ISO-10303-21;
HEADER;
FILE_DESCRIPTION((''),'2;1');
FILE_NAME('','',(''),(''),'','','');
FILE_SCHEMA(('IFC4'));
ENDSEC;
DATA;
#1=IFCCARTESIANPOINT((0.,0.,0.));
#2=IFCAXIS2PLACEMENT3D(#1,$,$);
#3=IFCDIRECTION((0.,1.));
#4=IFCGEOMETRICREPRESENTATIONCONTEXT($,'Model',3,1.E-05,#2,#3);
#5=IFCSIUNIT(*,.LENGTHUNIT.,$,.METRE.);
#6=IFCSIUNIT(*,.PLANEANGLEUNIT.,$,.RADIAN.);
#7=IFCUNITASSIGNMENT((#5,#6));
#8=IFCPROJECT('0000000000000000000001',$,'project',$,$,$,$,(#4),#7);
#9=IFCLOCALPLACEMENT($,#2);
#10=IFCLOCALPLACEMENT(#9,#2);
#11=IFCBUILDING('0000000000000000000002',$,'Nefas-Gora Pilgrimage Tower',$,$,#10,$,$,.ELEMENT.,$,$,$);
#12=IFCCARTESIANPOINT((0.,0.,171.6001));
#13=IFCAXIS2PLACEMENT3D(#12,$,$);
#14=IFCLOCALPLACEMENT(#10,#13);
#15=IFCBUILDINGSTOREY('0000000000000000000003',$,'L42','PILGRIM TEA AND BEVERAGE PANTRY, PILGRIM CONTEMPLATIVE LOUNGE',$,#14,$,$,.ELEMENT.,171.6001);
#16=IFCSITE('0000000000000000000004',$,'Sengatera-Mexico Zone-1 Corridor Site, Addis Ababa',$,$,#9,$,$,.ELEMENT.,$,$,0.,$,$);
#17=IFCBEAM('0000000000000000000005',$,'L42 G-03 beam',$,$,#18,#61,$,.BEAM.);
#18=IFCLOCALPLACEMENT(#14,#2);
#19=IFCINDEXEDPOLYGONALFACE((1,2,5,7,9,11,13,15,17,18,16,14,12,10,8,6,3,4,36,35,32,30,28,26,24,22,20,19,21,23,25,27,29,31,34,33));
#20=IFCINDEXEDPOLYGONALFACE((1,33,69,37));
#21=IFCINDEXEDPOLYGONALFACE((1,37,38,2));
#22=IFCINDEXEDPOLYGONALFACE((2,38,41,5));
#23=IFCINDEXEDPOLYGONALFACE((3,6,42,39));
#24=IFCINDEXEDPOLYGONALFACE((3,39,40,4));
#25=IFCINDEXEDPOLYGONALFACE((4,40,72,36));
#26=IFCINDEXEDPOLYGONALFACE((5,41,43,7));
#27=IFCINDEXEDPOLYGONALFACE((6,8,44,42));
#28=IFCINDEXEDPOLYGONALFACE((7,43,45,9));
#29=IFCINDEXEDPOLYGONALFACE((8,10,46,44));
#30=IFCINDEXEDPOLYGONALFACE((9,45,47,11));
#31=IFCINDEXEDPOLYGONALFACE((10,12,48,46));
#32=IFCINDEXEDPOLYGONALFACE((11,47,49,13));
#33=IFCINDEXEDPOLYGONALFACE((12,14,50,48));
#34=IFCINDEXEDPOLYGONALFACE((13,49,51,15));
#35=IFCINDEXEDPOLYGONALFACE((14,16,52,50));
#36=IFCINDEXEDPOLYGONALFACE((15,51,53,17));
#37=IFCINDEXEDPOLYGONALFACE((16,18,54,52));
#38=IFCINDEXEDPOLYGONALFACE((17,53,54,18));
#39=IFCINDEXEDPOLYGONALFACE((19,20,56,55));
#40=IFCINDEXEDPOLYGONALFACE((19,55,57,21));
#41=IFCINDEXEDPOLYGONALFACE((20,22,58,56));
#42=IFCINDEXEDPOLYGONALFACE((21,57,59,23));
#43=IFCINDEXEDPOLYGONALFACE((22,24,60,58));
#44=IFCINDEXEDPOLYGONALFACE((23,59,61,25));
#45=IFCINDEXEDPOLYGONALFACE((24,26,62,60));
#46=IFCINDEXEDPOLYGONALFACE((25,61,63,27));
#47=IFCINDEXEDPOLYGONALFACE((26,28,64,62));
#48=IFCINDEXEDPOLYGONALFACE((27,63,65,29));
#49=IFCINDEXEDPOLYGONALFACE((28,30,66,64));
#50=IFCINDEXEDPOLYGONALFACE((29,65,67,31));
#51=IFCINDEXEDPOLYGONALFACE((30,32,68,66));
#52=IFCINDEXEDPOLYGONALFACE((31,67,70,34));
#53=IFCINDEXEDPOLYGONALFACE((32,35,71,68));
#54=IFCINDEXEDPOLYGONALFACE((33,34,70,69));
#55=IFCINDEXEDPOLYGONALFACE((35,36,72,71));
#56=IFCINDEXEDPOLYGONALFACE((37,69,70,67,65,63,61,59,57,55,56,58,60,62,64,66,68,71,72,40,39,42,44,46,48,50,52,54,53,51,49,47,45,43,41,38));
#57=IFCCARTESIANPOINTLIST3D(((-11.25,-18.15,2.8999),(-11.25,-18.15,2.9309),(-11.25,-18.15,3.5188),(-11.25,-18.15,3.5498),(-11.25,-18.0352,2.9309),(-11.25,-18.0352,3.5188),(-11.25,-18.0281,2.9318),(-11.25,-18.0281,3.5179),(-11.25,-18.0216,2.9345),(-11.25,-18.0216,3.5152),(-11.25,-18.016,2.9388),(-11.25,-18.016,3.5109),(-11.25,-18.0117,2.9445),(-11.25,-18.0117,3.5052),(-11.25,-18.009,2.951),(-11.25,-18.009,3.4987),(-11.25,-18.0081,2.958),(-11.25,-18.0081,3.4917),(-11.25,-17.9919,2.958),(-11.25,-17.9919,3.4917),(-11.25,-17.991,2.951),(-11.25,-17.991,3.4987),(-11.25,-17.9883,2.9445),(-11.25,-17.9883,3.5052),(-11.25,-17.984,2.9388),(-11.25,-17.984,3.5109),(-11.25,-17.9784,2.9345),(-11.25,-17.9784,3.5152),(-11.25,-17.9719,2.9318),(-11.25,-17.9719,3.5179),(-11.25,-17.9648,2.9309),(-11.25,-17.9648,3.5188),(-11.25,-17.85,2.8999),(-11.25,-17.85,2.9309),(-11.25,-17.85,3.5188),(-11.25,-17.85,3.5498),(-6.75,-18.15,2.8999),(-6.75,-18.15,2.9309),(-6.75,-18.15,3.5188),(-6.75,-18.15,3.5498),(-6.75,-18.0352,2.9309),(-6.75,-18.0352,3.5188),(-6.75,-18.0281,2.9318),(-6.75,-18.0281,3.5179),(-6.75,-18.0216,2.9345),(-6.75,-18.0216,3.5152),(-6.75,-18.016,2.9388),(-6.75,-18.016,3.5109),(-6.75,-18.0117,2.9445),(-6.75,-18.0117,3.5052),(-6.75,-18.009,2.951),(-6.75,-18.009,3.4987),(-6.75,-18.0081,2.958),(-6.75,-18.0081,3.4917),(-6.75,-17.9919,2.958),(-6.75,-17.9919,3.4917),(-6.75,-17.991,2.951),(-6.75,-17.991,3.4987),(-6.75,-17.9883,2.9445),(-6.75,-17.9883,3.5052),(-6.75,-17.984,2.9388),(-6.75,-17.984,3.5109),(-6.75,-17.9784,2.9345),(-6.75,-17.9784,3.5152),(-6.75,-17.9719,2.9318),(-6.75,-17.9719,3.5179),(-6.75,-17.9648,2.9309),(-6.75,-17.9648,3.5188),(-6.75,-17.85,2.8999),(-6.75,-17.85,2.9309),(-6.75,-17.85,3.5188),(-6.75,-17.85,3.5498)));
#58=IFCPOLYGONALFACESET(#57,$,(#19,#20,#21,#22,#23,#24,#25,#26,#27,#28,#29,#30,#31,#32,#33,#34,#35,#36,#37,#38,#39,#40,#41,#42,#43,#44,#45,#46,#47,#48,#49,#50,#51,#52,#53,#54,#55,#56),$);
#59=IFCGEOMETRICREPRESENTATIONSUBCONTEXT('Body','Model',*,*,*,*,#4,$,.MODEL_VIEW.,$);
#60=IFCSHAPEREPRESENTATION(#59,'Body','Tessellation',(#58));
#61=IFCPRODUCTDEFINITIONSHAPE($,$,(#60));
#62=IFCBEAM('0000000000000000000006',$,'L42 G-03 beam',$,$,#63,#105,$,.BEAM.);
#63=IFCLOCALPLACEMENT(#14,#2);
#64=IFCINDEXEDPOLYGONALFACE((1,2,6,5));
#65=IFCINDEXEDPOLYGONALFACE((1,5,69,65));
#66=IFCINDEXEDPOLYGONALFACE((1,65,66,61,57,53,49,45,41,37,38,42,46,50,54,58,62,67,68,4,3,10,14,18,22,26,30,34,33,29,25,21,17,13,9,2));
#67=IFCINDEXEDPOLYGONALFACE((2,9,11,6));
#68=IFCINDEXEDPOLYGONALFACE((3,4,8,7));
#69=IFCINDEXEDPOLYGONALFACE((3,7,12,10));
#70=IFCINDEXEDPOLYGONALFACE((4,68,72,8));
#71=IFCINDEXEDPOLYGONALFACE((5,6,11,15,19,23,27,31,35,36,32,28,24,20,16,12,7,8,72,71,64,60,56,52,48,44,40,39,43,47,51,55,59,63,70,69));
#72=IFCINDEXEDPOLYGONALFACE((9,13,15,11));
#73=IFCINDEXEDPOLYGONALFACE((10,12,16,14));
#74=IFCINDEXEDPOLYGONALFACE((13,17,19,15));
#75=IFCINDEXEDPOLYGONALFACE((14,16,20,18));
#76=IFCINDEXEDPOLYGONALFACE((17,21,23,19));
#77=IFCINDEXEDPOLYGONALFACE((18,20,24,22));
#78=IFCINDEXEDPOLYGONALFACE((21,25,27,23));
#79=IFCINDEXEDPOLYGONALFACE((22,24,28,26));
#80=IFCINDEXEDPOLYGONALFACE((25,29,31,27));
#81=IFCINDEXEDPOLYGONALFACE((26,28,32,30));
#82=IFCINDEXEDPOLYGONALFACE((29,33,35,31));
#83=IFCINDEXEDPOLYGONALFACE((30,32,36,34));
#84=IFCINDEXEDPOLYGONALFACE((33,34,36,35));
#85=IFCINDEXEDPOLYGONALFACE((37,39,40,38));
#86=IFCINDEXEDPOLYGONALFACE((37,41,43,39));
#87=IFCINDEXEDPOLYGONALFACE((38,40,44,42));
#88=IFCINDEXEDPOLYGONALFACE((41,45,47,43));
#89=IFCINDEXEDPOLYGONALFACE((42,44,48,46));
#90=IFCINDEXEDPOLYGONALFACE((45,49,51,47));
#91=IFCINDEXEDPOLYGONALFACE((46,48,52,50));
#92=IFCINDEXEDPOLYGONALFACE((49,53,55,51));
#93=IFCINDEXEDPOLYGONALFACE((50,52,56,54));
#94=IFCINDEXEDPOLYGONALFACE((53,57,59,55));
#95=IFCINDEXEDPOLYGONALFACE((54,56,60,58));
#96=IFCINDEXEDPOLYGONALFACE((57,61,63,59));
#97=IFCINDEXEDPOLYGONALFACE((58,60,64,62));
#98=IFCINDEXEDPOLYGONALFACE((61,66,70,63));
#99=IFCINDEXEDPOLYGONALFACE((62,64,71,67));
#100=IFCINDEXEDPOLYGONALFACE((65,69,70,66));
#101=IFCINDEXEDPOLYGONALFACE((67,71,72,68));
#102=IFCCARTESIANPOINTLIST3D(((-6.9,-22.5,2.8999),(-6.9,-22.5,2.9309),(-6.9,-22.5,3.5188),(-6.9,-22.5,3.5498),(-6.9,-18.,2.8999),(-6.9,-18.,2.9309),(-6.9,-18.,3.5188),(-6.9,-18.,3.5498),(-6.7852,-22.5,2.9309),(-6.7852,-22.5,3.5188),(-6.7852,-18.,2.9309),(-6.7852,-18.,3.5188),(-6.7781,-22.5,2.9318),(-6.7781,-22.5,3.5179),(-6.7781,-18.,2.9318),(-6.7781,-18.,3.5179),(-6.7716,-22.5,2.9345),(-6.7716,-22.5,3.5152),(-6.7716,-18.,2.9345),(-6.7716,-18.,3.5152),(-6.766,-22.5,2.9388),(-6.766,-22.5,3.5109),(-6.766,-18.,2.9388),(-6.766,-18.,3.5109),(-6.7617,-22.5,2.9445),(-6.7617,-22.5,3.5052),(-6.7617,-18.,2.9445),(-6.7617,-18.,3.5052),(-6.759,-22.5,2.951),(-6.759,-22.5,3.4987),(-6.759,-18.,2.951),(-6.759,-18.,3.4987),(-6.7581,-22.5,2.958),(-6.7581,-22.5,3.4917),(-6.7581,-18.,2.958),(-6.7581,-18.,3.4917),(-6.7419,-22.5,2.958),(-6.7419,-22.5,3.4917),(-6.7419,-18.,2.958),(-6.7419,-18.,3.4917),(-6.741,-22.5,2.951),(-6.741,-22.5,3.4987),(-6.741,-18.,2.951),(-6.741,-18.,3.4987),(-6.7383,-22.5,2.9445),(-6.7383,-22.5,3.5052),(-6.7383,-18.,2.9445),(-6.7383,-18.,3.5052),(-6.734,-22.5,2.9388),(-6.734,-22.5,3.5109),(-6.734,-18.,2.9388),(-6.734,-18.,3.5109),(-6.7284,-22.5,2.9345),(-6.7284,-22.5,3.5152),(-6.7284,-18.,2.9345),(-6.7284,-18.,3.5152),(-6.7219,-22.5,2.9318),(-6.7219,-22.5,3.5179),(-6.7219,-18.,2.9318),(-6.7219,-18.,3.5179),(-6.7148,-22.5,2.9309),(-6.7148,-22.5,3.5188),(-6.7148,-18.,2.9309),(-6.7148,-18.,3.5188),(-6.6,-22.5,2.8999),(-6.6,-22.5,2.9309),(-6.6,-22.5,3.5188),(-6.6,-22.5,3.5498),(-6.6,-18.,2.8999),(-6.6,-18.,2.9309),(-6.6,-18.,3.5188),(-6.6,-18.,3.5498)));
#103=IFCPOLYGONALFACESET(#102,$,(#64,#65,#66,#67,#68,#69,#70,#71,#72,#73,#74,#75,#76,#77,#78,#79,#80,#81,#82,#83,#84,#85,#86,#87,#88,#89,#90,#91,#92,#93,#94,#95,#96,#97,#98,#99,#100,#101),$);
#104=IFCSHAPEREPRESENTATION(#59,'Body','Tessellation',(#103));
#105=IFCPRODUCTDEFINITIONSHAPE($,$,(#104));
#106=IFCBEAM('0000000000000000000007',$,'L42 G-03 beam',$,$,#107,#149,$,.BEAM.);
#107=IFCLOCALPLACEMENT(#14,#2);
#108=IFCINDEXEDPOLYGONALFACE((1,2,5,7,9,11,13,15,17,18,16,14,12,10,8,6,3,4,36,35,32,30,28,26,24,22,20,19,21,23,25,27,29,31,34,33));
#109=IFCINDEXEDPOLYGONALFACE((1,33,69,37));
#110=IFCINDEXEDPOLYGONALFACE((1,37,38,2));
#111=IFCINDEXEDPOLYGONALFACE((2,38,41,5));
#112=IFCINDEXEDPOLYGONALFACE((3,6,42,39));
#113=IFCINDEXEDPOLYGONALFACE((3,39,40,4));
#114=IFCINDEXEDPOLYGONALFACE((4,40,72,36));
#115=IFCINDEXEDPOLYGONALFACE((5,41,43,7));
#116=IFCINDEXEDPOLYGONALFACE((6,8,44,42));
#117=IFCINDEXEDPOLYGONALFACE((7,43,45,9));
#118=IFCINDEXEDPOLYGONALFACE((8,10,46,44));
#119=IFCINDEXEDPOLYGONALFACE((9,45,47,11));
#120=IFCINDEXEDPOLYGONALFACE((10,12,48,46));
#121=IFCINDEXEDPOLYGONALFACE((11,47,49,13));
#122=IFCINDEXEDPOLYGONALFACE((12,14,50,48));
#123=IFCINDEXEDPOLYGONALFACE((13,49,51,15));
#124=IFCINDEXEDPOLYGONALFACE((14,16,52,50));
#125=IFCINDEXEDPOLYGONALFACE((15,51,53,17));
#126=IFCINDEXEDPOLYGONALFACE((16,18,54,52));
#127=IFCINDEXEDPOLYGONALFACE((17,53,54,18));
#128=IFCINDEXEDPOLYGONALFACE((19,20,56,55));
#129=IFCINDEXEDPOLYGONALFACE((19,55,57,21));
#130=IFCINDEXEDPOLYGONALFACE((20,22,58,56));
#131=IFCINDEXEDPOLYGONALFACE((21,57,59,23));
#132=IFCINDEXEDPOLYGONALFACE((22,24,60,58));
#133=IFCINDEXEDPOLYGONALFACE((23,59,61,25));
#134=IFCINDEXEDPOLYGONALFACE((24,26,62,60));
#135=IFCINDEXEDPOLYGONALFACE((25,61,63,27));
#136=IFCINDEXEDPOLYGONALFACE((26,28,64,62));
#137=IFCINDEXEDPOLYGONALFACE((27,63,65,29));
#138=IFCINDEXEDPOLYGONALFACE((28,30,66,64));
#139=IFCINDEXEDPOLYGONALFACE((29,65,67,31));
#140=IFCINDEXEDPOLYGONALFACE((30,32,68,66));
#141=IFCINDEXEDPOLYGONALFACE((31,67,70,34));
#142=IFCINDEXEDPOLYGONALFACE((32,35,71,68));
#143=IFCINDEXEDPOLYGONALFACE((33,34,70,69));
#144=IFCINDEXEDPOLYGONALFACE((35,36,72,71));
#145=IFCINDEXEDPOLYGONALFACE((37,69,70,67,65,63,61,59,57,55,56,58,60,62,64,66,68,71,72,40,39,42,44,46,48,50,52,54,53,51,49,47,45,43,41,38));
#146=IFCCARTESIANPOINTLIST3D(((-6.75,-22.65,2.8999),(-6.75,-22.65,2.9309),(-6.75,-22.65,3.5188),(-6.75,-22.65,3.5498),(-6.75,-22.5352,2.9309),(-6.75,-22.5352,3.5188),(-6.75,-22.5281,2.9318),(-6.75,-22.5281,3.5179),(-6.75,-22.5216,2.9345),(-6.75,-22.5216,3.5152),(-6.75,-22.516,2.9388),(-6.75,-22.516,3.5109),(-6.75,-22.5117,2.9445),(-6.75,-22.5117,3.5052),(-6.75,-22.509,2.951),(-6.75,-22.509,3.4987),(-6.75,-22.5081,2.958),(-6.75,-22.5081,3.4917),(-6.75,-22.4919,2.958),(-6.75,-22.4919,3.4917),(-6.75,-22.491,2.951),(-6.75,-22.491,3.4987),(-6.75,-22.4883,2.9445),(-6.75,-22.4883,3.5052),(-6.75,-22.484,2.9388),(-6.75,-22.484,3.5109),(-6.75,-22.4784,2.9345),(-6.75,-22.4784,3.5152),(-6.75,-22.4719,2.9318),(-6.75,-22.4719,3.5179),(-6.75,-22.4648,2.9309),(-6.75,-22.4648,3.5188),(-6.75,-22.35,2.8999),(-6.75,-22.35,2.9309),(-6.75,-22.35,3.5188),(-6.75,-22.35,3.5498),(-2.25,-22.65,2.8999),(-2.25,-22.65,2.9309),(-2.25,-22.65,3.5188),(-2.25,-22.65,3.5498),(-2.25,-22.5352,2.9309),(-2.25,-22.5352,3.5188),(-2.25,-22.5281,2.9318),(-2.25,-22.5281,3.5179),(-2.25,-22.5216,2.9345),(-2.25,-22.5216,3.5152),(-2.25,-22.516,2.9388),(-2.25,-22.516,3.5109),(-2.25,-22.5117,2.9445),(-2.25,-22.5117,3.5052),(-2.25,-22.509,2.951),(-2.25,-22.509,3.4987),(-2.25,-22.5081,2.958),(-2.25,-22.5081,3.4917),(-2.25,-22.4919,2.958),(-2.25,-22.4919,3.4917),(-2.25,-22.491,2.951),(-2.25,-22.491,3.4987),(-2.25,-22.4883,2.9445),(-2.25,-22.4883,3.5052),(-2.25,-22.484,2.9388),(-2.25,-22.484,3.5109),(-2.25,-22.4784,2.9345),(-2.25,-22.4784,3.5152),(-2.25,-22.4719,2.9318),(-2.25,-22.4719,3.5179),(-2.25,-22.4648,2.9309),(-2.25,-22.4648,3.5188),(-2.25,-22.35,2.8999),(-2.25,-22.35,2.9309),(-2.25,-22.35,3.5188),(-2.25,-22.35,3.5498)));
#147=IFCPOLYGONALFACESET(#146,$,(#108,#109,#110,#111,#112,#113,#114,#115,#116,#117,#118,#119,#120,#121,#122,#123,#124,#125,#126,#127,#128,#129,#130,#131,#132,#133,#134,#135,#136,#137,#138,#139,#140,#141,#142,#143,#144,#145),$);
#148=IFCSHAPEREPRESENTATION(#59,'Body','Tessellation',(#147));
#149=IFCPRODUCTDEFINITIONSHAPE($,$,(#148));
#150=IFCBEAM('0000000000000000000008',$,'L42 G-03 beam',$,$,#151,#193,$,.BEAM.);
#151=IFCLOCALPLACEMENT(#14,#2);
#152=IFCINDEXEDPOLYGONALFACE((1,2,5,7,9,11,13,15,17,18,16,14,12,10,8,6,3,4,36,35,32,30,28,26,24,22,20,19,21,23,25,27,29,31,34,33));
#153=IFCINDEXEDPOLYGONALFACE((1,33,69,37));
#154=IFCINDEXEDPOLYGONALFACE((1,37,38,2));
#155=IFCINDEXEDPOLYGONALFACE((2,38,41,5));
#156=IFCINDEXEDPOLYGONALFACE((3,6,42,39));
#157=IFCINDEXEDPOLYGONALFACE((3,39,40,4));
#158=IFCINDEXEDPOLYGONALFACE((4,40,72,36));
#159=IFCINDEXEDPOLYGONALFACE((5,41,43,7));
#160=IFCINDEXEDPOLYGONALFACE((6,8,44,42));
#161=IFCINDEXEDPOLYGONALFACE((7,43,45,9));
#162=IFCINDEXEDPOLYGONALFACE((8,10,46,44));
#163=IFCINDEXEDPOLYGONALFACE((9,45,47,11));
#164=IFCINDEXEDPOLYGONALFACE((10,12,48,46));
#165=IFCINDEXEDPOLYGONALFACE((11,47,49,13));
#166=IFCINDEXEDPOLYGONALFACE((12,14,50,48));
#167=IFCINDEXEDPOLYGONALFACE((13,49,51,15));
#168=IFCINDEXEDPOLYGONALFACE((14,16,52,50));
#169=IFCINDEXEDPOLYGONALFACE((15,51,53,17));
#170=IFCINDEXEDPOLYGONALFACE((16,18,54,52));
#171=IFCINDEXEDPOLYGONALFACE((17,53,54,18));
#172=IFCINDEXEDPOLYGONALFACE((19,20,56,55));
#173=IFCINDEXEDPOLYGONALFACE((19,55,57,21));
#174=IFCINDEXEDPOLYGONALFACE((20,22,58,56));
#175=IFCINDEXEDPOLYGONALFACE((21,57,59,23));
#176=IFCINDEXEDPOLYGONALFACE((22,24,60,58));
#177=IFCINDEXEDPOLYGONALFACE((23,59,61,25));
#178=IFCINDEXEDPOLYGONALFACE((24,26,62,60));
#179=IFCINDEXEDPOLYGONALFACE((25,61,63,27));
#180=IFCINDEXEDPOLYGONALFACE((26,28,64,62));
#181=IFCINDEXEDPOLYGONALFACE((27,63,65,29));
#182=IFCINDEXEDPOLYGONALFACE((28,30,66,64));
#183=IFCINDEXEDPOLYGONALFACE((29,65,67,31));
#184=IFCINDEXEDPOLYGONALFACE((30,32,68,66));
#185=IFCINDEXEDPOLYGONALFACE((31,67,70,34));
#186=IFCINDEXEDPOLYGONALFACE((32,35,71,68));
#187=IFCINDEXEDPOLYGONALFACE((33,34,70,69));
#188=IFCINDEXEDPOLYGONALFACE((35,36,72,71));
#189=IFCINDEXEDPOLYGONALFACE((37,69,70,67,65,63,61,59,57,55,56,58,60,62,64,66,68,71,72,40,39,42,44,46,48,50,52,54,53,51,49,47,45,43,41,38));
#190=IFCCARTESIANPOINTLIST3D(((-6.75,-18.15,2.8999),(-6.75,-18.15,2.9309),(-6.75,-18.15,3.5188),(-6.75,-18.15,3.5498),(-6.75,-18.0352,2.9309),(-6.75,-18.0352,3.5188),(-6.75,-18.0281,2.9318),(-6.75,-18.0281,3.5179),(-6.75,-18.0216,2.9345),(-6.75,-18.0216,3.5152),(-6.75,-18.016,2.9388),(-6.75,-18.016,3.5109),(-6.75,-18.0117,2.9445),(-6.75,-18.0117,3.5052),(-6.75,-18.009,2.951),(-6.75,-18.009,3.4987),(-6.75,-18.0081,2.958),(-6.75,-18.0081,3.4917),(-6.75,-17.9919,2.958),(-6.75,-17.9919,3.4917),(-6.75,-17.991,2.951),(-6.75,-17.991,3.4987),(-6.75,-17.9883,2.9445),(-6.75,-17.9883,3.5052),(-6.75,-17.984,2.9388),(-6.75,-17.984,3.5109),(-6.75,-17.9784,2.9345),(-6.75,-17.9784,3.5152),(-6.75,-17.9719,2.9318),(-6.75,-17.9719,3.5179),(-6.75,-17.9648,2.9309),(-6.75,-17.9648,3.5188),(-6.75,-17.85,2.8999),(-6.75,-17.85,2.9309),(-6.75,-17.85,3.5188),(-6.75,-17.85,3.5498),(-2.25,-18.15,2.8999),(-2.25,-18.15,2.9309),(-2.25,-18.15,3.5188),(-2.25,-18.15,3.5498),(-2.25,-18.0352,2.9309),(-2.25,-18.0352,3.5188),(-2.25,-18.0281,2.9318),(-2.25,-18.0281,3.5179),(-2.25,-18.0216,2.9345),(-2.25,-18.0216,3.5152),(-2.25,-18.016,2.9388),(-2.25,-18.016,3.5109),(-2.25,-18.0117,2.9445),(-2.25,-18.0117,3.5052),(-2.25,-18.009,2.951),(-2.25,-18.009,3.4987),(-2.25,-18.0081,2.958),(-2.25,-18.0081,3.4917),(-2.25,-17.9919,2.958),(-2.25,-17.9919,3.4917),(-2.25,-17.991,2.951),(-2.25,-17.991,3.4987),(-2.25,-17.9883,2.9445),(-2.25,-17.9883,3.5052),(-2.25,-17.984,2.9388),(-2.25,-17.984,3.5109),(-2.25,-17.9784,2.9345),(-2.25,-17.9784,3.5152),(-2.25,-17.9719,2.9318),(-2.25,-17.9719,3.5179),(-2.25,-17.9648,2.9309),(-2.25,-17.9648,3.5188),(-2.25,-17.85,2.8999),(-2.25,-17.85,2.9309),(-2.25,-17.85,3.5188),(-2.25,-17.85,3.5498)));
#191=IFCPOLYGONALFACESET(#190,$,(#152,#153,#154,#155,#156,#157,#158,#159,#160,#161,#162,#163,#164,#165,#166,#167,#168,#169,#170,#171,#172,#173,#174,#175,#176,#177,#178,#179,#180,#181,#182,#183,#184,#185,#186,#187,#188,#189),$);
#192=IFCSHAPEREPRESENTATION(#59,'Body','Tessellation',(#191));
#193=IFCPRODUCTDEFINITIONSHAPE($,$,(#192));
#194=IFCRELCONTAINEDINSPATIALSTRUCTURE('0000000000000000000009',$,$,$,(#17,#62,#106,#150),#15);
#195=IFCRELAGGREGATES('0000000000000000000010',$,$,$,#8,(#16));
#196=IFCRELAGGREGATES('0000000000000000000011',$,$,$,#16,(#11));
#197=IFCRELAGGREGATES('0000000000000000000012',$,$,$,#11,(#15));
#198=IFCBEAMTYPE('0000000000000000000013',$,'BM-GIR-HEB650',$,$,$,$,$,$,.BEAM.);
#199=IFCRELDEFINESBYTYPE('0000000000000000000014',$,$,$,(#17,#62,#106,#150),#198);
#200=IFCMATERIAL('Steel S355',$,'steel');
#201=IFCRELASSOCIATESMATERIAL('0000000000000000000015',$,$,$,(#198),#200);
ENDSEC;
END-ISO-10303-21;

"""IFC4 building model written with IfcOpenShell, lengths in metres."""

from ifc_helpers import new_model, si_unit, direction, frame, origin, origin_2d, place, context, subcontext, project, spatial, i_section, extrude, source, transform, mapped, material, material_profile, profile_set, type_object, element, save


model = new_model("IFC4")

# Units and contexts
model_context = context("Model", 3, precision=1e-05, world=origin(), true_north=direction((0.0, 1.0)))
body_context = subcontext(model_context, "Body", "Model", "MODEL_VIEW")
ifc_project = project(units=[si_unit("LENGTHUNIT", "METRE"), si_unit("PLANEANGLEUNIT", "RADIAN")], contexts=[model_context])

# Site, building, storey
site_placement = place(None, origin())
site = spatial("IfcSite", under=ifc_project, at=site_placement, Name="Sengatera-Mexico Zone-1 Corridor Site, Addis Ababa", CompositionType="ELEMENT", RefElevation=0.0)
building_placement = place(site_placement, origin())
building = spatial("IfcBuilding", under=site, at=building_placement, Name="Nefas-Gora Pilgrimage Tower", CompositionType="ELEMENT")
storey_placement = place(building_placement, frame((0.0, 0.0, 171.6001)))
storey = spatial("IfcBuildingStorey", under=building, at=storey_placement, Name="L42", Description="PILGRIM TEA AND BEVERAGE PANTRY, PILGRIM CONTEMPLATIVE LOUNGE", CompositionType="ELEMENT", Elevation=171.6001)

# Beams
ifc_material_1 = material(Name="Steel S355", Category="steel")
ifc_material_profile_1 = material_profile(ifc_material_1, i_section(OverallWidth=0.3, OverallDepth=0.6499, WebThickness=0.0161, FlangeThickness=0.031, FilletRadius=0.0271, at=origin_2d()), Name="HEB 650")
ifc_profile_set_1 = profile_set([ifc_material_profile_1], Name="Steel S355")
beam_type = type_object("IfcBeamType", Name="BM-GIR-HEB650", PredefinedType="BEAM", material=ifc_profile_set_1)
shared_shape_1 = source(origin(), body_context, "Body", "SweptSolid", [
    extrude(i_section(OverallWidth=0.3, OverallDepth=0.6499, WebThickness=0.0161, FlangeThickness=0.031, FilletRadius=0.0271, at=origin_2d()), origin(), (0.0, 0.0, 1.0), 4.5),
])
for number, where, z_axis, x_axis, name in (
    (1, (-11.25, -18.0, 3.2249), (1.0, 0.0, 0.0), (0.0, 1.0, 0.0), "L42 G-03 beam"),
    (2, (-6.75, -22.5, 3.2249), (0.0, 1.0, 0.0), (-1.0, 0.0, 0.0), "L42 G-03 beam"),
    (3, (-6.75, -22.5, 3.2249), (1.0, 0.0, 0.0), (0.0, 1.0, 0.0), "L42 G-03 beam"),
    (4, (-6.75, -18.0, 3.2249), (1.0, 0.0, 0.0), (0.0, 1.0, 0.0), "L42 G-03 beam"),
):
    element("IfcBeam", number, at=place(storey_placement, frame(where, z_axis=z_axis, x_axis=x_axis)), inside=storey, type_object=beam_type, Name=name, PredefinedType="BEAM", context=body_context, shape_type="MappedRepresentation", body=[
        mapped(shared_shape_1, transform((0.0, 0.0, 0.0), x_axis=(1.0, 0.0, 0.0), y_axis=(0.0, 1.0, 0.0), z_axis=(0.0, 0.0, 1.0), scale=1.0)),
    ])

save(model, "model.ifc")
